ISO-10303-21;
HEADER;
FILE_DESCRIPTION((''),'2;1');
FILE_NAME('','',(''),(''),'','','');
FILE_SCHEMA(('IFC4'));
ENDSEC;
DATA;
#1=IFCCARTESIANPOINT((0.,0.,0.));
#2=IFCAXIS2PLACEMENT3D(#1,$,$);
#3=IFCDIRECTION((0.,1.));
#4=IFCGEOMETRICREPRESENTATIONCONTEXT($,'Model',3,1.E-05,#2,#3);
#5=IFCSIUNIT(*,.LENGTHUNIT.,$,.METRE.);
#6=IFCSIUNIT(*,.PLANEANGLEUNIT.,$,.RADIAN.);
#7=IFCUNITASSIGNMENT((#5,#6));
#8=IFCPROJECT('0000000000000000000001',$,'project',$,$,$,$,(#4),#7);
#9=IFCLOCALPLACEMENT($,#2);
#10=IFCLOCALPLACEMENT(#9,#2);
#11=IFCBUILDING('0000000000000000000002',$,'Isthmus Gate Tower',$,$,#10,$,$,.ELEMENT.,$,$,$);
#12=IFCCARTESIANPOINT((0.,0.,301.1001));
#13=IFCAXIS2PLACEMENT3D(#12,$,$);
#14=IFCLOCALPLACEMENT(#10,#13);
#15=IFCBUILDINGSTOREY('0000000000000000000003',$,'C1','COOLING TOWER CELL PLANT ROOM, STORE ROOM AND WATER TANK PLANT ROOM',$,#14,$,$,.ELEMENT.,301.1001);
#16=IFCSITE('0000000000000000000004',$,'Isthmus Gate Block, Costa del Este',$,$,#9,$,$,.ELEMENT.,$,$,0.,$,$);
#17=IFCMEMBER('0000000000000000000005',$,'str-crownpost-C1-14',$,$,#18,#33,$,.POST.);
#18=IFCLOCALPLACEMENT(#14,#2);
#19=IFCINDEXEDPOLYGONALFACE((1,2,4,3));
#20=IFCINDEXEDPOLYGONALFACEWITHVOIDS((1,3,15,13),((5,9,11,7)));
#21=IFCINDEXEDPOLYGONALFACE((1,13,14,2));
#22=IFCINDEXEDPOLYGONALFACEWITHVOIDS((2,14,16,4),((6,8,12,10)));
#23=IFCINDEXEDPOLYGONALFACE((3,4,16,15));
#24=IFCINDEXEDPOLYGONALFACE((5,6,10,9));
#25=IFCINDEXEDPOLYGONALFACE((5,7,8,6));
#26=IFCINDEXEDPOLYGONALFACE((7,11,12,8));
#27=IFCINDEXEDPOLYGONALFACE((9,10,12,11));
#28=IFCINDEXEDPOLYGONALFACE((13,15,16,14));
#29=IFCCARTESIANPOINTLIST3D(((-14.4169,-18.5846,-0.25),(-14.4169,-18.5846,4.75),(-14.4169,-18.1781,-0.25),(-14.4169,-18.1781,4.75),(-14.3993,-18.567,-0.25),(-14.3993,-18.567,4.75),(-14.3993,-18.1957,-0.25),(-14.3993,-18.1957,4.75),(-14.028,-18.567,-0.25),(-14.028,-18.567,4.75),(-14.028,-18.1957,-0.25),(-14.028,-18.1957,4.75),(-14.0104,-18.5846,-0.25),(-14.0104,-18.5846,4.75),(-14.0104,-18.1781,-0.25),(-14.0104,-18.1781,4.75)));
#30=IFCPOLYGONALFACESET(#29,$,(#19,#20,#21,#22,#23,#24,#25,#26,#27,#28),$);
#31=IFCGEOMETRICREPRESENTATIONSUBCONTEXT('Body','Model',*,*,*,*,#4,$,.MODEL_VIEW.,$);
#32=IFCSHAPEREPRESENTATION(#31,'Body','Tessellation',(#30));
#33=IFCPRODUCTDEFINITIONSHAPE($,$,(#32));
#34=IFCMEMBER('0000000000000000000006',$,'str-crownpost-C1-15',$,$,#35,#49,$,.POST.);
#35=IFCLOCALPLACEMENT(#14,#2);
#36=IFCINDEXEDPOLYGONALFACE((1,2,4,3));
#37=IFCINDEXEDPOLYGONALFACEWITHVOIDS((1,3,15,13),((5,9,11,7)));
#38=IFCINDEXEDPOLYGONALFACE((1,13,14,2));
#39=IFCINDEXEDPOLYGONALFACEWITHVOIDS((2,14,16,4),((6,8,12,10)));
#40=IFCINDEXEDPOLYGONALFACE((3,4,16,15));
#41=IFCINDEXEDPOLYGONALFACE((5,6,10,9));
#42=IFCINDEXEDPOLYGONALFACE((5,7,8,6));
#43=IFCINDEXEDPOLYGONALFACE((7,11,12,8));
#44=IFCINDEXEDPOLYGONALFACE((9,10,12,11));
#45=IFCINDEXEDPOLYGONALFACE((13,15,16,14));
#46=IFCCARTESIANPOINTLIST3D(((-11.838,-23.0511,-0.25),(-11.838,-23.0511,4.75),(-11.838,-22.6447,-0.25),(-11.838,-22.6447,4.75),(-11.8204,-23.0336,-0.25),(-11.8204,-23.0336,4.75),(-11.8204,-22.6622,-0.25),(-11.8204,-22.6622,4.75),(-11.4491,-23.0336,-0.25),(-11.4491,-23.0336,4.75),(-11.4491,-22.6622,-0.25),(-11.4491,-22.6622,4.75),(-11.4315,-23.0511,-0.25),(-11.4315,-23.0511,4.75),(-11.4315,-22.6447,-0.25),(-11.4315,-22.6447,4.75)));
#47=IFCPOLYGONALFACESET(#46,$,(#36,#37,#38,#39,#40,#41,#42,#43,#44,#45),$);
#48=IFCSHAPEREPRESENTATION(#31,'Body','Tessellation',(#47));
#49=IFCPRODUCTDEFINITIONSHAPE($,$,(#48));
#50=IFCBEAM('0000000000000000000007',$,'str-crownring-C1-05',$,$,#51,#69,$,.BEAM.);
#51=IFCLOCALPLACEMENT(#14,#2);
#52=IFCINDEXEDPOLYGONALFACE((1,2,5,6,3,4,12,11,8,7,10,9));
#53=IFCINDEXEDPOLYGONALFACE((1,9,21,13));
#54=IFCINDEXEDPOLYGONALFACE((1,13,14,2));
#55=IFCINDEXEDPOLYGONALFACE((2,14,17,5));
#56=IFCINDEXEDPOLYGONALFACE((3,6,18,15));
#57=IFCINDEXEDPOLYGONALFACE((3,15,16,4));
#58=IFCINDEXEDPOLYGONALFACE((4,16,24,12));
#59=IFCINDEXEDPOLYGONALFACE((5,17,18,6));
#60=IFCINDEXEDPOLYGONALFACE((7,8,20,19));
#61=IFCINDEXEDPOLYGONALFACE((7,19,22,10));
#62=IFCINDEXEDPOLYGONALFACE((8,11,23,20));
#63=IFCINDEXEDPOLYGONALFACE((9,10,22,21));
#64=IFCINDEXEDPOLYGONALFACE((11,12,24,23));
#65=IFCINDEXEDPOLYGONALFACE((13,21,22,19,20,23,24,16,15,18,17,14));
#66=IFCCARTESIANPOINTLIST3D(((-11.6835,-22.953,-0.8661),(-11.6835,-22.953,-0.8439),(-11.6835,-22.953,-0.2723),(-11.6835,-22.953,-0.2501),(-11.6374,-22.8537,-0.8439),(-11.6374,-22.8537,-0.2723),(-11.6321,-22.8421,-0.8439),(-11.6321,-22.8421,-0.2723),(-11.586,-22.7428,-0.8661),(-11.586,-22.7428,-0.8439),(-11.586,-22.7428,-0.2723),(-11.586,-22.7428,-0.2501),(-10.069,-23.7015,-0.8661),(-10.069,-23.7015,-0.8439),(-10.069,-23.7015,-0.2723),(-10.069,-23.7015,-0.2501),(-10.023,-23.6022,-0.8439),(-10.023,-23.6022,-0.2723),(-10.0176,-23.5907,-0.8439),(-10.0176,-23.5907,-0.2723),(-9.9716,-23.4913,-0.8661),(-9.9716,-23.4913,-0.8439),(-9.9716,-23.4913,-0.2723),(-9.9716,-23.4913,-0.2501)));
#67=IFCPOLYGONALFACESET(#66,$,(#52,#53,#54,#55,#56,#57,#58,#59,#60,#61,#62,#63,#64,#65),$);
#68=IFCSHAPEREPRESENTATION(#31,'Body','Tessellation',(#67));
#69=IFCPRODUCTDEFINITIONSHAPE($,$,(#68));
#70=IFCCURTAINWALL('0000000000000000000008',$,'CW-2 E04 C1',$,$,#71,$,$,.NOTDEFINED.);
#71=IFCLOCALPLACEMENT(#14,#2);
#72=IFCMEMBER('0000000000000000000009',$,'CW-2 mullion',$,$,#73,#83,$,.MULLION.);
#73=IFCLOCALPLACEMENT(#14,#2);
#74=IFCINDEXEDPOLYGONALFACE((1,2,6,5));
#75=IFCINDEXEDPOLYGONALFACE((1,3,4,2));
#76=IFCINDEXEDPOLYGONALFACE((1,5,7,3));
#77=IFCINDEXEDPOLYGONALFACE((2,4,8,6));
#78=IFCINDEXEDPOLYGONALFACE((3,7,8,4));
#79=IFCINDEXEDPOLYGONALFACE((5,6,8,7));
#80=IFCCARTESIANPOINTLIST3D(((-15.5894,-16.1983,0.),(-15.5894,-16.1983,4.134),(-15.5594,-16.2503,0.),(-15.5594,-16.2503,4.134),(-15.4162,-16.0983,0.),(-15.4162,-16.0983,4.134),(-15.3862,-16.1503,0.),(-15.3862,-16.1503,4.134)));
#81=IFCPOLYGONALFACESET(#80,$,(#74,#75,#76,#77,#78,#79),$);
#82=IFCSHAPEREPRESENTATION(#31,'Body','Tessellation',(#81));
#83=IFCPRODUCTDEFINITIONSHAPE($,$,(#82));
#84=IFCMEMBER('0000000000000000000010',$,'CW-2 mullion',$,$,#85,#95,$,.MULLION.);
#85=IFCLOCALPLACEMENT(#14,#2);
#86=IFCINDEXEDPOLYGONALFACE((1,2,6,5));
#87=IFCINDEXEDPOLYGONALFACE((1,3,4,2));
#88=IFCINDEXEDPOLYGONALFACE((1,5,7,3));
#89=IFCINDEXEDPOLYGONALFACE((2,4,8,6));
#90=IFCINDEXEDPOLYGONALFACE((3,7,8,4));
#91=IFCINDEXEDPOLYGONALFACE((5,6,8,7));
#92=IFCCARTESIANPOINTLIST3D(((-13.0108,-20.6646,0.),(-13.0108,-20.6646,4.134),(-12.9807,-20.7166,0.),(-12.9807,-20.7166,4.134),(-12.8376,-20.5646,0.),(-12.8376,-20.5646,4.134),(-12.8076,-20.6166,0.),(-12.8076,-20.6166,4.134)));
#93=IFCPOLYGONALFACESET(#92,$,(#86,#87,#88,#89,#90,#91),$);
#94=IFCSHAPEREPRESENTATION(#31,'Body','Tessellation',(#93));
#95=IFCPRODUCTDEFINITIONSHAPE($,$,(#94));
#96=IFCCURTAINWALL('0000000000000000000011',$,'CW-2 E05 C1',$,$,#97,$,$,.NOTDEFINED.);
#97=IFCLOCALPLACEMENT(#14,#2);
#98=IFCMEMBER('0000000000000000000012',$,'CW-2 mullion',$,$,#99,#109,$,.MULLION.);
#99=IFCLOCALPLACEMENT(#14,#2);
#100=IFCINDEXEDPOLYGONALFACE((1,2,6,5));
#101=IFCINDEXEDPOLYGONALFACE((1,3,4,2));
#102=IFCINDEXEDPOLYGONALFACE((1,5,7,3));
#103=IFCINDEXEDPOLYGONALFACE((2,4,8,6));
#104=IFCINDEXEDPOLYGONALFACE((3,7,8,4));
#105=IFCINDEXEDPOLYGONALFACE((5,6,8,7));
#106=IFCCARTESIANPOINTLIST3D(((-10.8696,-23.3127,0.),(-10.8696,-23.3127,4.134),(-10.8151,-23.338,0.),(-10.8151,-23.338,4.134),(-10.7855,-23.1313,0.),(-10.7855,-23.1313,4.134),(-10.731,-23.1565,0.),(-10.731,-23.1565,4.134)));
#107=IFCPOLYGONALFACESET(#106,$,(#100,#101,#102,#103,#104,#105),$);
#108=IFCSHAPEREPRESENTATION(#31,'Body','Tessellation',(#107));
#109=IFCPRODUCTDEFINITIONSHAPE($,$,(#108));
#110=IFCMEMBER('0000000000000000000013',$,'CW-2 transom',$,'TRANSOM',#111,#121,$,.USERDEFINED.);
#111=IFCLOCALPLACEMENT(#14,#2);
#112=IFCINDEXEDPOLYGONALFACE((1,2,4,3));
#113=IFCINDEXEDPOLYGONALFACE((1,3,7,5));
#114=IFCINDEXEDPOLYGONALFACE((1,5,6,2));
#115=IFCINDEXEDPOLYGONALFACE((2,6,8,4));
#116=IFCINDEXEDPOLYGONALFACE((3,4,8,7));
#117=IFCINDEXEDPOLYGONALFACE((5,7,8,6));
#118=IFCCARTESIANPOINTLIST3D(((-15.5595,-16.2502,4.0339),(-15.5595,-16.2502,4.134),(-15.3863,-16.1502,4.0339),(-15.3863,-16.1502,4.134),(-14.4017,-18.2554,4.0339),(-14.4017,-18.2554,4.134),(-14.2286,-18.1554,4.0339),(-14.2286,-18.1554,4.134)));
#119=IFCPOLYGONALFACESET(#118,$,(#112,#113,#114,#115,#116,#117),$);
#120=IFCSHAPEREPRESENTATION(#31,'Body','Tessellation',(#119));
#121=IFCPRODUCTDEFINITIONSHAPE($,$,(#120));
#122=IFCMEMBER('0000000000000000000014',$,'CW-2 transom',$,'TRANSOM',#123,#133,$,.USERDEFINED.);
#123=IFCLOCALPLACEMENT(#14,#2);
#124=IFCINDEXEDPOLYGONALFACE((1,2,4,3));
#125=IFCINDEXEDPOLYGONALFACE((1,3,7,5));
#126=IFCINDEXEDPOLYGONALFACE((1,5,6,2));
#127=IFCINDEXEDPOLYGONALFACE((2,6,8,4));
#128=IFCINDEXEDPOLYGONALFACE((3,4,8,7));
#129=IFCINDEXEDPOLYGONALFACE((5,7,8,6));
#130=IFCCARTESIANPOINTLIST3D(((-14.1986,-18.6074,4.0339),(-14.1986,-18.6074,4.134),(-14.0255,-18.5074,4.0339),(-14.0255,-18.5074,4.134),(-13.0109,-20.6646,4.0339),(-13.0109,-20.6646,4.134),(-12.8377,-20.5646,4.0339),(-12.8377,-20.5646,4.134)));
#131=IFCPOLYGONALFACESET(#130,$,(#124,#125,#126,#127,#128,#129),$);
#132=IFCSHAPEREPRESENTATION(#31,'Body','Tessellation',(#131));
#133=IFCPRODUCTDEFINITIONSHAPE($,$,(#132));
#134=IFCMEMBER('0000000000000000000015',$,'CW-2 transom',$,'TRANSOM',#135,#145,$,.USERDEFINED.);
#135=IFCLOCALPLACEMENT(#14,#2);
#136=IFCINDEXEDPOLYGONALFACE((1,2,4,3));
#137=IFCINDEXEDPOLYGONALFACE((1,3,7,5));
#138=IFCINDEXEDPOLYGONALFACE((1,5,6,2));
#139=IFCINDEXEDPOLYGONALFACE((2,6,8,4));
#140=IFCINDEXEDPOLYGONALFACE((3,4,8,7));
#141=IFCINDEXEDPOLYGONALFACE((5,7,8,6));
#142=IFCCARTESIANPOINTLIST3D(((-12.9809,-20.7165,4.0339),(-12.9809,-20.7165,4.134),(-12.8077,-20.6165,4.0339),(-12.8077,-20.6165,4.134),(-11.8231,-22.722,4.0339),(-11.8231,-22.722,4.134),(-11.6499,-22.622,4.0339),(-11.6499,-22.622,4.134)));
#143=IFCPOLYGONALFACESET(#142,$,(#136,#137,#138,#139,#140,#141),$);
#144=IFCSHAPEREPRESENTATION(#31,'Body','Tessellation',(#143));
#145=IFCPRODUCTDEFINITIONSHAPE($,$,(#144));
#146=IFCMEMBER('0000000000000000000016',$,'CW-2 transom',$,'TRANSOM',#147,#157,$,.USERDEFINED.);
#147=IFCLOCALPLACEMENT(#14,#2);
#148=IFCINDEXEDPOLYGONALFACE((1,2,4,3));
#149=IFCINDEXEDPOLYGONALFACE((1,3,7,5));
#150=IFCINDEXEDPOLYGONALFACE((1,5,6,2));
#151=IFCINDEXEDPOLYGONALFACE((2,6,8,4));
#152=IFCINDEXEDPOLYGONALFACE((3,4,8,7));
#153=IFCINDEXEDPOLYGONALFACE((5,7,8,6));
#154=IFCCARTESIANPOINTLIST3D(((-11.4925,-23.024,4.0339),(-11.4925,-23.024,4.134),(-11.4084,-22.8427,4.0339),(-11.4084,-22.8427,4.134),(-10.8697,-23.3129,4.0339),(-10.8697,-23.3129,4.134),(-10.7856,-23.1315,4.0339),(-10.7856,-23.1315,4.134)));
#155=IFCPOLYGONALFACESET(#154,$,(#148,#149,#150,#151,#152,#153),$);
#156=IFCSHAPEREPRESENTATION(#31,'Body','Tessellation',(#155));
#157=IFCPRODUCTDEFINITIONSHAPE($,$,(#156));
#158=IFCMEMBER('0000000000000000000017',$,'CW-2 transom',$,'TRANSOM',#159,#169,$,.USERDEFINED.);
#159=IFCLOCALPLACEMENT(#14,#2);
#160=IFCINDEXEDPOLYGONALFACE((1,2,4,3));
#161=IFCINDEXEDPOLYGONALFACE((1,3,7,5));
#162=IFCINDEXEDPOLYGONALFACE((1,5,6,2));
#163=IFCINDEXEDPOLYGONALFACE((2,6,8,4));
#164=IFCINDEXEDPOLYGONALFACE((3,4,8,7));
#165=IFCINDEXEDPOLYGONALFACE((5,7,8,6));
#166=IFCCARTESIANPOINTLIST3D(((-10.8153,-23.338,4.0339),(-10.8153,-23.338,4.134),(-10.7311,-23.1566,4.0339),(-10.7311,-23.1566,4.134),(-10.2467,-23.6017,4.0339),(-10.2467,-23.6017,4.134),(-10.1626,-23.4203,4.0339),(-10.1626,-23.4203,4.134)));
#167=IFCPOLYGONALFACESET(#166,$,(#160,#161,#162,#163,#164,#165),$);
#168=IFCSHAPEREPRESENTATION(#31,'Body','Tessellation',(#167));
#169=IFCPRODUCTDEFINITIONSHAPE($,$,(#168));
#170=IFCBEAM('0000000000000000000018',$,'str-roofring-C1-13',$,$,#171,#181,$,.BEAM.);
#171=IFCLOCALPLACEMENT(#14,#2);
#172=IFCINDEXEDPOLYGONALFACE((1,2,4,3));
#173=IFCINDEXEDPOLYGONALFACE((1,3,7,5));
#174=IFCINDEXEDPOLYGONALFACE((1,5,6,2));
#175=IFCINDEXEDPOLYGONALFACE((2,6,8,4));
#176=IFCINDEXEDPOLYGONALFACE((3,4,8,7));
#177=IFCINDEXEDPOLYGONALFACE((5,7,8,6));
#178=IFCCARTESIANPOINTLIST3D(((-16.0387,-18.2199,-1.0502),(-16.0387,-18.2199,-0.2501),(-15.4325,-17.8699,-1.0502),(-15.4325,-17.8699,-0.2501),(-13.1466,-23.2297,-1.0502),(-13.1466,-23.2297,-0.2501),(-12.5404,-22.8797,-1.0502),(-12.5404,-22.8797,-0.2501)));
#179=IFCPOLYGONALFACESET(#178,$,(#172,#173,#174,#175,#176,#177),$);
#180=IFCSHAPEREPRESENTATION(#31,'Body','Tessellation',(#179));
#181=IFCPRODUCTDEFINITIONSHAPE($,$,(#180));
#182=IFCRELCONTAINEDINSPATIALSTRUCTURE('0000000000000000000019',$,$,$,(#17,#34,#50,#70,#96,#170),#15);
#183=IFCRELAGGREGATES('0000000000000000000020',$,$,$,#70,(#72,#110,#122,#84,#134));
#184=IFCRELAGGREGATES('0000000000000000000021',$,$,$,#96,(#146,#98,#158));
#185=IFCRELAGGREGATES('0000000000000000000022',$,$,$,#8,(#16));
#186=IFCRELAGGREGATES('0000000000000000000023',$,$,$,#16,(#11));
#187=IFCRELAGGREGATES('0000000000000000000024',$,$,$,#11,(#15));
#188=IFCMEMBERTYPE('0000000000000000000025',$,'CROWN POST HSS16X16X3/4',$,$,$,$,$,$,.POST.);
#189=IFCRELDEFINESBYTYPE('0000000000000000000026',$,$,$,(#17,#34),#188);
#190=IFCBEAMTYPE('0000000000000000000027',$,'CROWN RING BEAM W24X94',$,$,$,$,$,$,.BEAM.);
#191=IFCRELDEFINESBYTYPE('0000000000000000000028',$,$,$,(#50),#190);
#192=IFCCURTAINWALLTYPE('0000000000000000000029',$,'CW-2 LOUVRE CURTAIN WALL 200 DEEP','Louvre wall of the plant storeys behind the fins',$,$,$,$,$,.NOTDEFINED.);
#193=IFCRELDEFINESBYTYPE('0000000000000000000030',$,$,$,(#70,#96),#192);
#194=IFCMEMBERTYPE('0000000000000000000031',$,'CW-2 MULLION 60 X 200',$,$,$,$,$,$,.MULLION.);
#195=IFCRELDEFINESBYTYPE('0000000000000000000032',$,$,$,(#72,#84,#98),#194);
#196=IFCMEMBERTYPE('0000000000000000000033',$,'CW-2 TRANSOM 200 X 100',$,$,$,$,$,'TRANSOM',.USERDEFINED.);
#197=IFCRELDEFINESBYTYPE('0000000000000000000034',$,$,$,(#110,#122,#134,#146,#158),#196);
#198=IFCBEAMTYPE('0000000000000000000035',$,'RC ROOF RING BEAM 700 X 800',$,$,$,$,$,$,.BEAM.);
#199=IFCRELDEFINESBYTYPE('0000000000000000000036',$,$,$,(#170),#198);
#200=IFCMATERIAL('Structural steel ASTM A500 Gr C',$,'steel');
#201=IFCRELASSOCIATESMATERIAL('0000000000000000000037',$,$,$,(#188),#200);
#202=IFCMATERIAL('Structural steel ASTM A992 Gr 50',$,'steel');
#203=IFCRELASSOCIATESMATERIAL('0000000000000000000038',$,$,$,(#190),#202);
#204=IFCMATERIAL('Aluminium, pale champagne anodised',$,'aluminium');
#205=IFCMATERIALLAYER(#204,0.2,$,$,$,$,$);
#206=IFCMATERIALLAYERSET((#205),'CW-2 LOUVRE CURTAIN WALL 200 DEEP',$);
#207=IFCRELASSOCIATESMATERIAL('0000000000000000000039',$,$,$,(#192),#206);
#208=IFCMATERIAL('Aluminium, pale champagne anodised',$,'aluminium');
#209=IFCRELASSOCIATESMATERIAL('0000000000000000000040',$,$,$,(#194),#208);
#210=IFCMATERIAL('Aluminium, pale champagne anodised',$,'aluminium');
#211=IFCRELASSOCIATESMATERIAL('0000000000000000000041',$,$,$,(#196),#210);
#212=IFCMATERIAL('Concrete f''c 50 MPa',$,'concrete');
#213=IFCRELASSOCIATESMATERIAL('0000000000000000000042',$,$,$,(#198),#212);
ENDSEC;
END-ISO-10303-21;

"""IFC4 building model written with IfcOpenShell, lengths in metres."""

from ifc_helpers import new_model, si_unit, direction, frame, origin, origin_2d, place, context, subcontext, project, spatial, rectangle, hollow_rectangle, i_section, extrude, material, layer, layer_set, material_profile, profile_set, type_object, element, aggregate, save


model = new_model("IFC4")

# Units and contexts
model_context = context("Model", 3, precision=1e-05, world=origin(), true_north=direction((0.0, 1.0)))
body_context = subcontext(model_context, "Body", "Model", "MODEL_VIEW")
ifc_project = project(units=[si_unit("LENGTHUNIT", "METRE"), si_unit("PLANEANGLEUNIT", "RADIAN")], contexts=[model_context])

# Site, building, storey
site_placement = place(None, origin())
site = spatial("IfcSite", under=ifc_project, at=site_placement, Name="Isthmus Gate Block, Costa del Este", CompositionType="ELEMENT", RefElevation=0.0)
building_placement = place(site_placement, origin())
building = spatial("IfcBuilding", under=site, at=building_placement, Name="Isthmus Gate Tower", CompositionType="ELEMENT")
storey_placement = place(building_placement, frame((0.0, 0.0, 301.1001)))
storey = spatial("IfcBuildingStorey", under=building, at=storey_placement, Name="C1", Description="COOLING TOWER CELL PLANT ROOM, STORE ROOM AND WATER TANK PLANT ROOM", CompositionType="ELEMENT", Elevation=301.1001)

# Members
ifc_material_1 = material(Name="Structural steel ASTM A500 Gr C", Category="steel")
ifc_material_profile_1 = material_profile(ifc_material_1, hollow_rectangle(XDim=0.4065, YDim=0.4065, WallThickness=0.0176, at=origin_2d()), Name="HSS16X16X3/4")
ifc_profile_set_1 = profile_set([ifc_material_profile_1], Name="Structural steel ASTM A500 Gr C")
member_type_1 = type_object("IfcMemberType", Name="CROWN POST HSS16X16X3/4", PredefinedType="POST", material=ifc_profile_set_1)
for number, where, z_axis, x_axis, name in (
    (1, (-14.2136, -18.3813, -0.25), (0.0, 0.0, 1.0), (1.0, 0.0, 0.0), "str-crownpost-C1-14"),
    (2, (-11.6348, -22.8479, -0.25), (0.0, 0.0, 1.0), (1.0, 0.0, 0.0), "str-crownpost-C1-15"),
):
    element("IfcMember", number, at=place(storey_placement, frame(where, z_axis=z_axis, x_axis=x_axis)), inside=storey, type_object=member_type_1, Name=name, PredefinedType="POST", context=body_context, shape_type="SweptSolid", body=[
        extrude(hollow_rectangle(XDim=0.4065, YDim=0.4065, WallThickness=0.0176, at=origin_2d()), origin(), (0.0, 0.0, 1.0), 5.0),
    ])

# Beam
ifc_material_2 = material(Name="Structural steel ASTM A992 Gr 50", Category="steel")
ifc_material_profile_2 = material_profile(ifc_material_2, i_section(OverallWidth=0.2317, OverallDepth=0.616, WebThickness=0.0127, FlangeThickness=0.0222, at=origin_2d()), Name="W24X94")
ifc_profile_set_2 = profile_set([ifc_material_profile_2], Name="Structural steel ASTM A992 Gr 50")
beam_type_1 = type_object("IfcBeamType", Name="CROWN RING BEAM W24X94", PredefinedType="BEAM", material=ifc_profile_set_2)
beam_1_placement = place(storey_placement, frame((-11.6348, -22.8479, -0.5581), z_axis=(0.907235, -0.420624, 0.0), x_axis=(0.420624, 0.907235, 0.0)))
element("IfcBeam", 3, at=beam_1_placement, inside=storey, type_object=beam_type_1, Name="str-crownring-C1-05", PredefinedType="BEAM", context=body_context, shape_type="SweptSolid", body=[
    extrude(i_section(OverallWidth=0.2317, OverallDepth=0.616, WebThickness=0.0127, FlangeThickness=0.0222, at=origin_2d()), origin(), (0.0, 0.0, 1.0), 1.7795),
])

# Curtain wall, members
ifc_material_3 = material(Name="Aluminium, pale champagne anodised", Category="aluminium")
ifc_layer_1 = layer(ifc_material_3, 0.2)
ifc_layer_set_1 = layer_set([ifc_layer_1], Name="CW-2 LOUVRE CURTAIN WALL 200 DEEP")
curtain_wall_type = type_object("IfcCurtainWallType", Name="CW-2 LOUVRE CURTAIN WALL 200 DEEP", Description="Louvre wall of the plant storeys behind the fins", PredefinedType="NOTDEFINED", material=ifc_layer_set_1)
curtain_wall_1_placement = place(storey_placement, origin())
curtain_wall_1 = element("IfcCurtainWall", 4, at=curtain_wall_1_placement, inside=storey, type_object=curtain_wall_type, Name="CW-2 E04 C1", PredefinedType="NOTDEFINED")
ifc_material_4 = material(Name="Aluminium, pale champagne anodised", Category="aluminium")
ifc_material_profile_3 = material_profile(ifc_material_4, rectangle(XDim=0.0601, YDim=0.2, at=origin_2d()), Name="60x200")
ifc_profile_set_3 = profile_set([ifc_material_profile_3], Name="Aluminium, pale champagne anodised")
member_type_2 = type_object("IfcMemberType", Name="CW-2 MULLION 60 X 200", PredefinedType="MULLION", material=ifc_profile_set_3)
member_1_placement = place(storey_placement, frame((-15.4878, -16.1743, 0.0), z_axis=(0.0, 0.0, 1.0), x_axis=(0.5, -0.866025, 0.0)))
member_1 = element("IfcMember", 5, at=member_1_placement, type_object=member_type_2, Name="CW-2 mullion", PredefinedType="MULLION", context=body_context, shape_type="SweptSolid", body=[
    extrude(rectangle(XDim=0.0601, YDim=0.2, at=origin_2d()), origin(), (0.0, 0.0, 1.0), 4.134),
])
member_2_placement = place(storey_placement, frame((-12.9092, -20.6406, 0.0), z_axis=(0.0, 0.0, 1.0), x_axis=(0.5, -0.866025, 0.0)))
member_2 = element("IfcMember", 6, at=member_2_placement, type_object=member_type_2, Name="CW-2 mullion", PredefinedType="MULLION", context=body_context, shape_type="SweptSolid", body=[
    extrude(rectangle(XDim=0.0601, YDim=0.2, at=origin_2d()), origin(), (0.0, 0.0, 1.0), 4.134),
])

# Curtain wall, member
curtain_wall_2_placement = place(storey_placement, origin())
curtain_wall_2 = element("IfcCurtainWall", 7, at=curtain_wall_2_placement, inside=storey, type_object=curtain_wall_type, Name="CW-2 E05 C1", PredefinedType="NOTDEFINED")
member_3_placement = place(storey_placement, frame((-10.8003, -23.2346, 0.0), z_axis=(0.0, 0.0, 1.0), x_axis=(0.907256, -0.420578, 0.0)))
member_3 = element("IfcMember", 8, at=member_3_placement, type_object=member_type_2, Name="CW-2 mullion", PredefinedType="MULLION", context=body_context, shape_type="SweptSolid", body=[
    extrude(rectangle(XDim=0.0601, YDim=0.2, at=origin_2d()), origin(), (0.0, 0.0, 1.0), 4.134),
])

# Members
ifc_material_5 = material(Name="Aluminium, pale champagne anodised", Category="aluminium")
ifc_material_profile_4 = material_profile(ifc_material_5, rectangle(XDim=0.2, YDim=0.1001, at=origin_2d()), Name="200x100")
ifc_profile_set_4 = profile_set([ifc_material_profile_4], Name="Aluminium, pale champagne anodised")
member_type_3 = type_object("IfcMemberType", Name="CW-2 TRANSOM 200 X 100", ElementType="TRANSOM", PredefinedType="USERDEFINED", material=ifc_profile_set_4)
member_4_placement = place(storey_placement, frame((-15.4729, -16.2002, 4.084), z_axis=(0.500018, -0.866015, 0.0), x_axis=(0.866015, 0.500018, 0.0)))
member_4 = element("IfcMember", 9, at=member_4_placement, type_object=member_type_3, Name="CW-2 transom", ObjectType="TRANSOM", PredefinedType="USERDEFINED", context=body_context, shape_type="SweptSolid", body=[
    extrude(rectangle(XDim=0.2, YDim=0.1001, at=origin_2d()), origin(), (0.0, 0.0, 1.0), 2.3154),
])
member_5_placement = place(storey_placement, frame((-14.1121, -18.5574, 4.084), z_axis=(0.500019, -0.866014, 0.0), x_axis=(0.866014, 0.500019, 0.0)))
member_5 = element("IfcMember", 10, at=member_5_placement, type_object=member_type_3, Name="CW-2 transom", ObjectType="TRANSOM", PredefinedType="USERDEFINED", context=body_context, shape_type="SweptSolid", body=[
    extrude(rectangle(XDim=0.2, YDim=0.1001, at=origin_2d()), origin(), (0.0, 0.0, 1.0), 2.3755),
])
member_6_placement = place(storey_placement, frame((-12.8943, -20.6665, 4.084), z_axis=(0.499972, -0.866042, 0.0), x_axis=(0.866042, 0.499972, 0.0)))
member_6 = element("IfcMember", 11, at=member_6_placement, type_object=member_type_3, Name="CW-2 transom", ObjectType="TRANSOM", PredefinedType="USERDEFINED", context=body_context, shape_type="SweptSolid", body=[
    extrude(rectangle(XDim=0.2, YDim=0.1001, at=origin_2d()), origin(), (0.0, 0.0, 1.0), 2.3157),
])
member_7_placement = place(storey_placement, frame((-11.4504, -22.9333, 4.084), z_axis=(0.907198, -0.420704, 0.0), x_axis=(0.420704, 0.907198, 0.0)))
member_7 = element("IfcMember", 12, at=member_7_placement, type_object=member_type_3, Name="CW-2 transom", ObjectType="TRANSOM", PredefinedType="USERDEFINED", context=body_context, shape_type="SweptSolid", body=[
    extrude(rectangle(XDim=0.2, YDim=0.1001, at=origin_2d()), origin(), (0.0, 0.0, 1.0), 0.6865),
])
member_8_placement = place(storey_placement, frame((-10.7732, -23.2473, 4.084), z_axis=(0.907205, -0.420688, 0.0), x_axis=(0.420688, 0.907205, 0.0)))
member_8 = element("IfcMember", 13, at=member_8_placement, type_object=member_type_3, Name="CW-2 transom", ObjectType="TRANSOM", PredefinedType="USERDEFINED", context=body_context, shape_type="SweptSolid", body=[
    extrude(rectangle(XDim=0.2, YDim=0.1001, at=origin_2d()), origin(), (0.0, 0.0, 1.0), 0.6267),
])

# Beam
ifc_material_6 = material(Name="Concrete f'c 50 MPa", Category="concrete")
ifc_material_profile_5 = material_profile(ifc_material_6, rectangle(XDim=0.7, YDim=0.8, at=origin_2d()), Name="RC 700X800")
ifc_profile_set_5 = profile_set([ifc_material_profile_5], Name="Concrete f'c 50 MPa")
beam_type_2 = type_object("IfcBeamType", Name="RC ROOF RING BEAM 700 X 800", PredefinedType="BEAM", material=ifc_profile_set_5)
beam_2_placement = place(storey_placement, frame((-12.8435, -23.0547, -0.6501), z_axis=(-0.499961, 0.866048, 0.0), x_axis=(-0.866048, -0.499961, 0.0)))
element("IfcBeam", 14, at=beam_2_placement, inside=storey, type_object=beam_type_2, Name="str-roofring-C1-13", PredefinedType="BEAM", context=body_context, shape_type="SweptSolid", body=[
    extrude(rectangle(XDim=0.7, YDim=0.8, at=origin_2d()), origin(), (0.0, 0.0, 1.0), 5.7847),
])

aggregate(curtain_wall_1, [member_1, member_4, member_5, member_2, member_6])
aggregate(curtain_wall_2, [member_7, member_3, member_8])

save(model, "model.ifc")
